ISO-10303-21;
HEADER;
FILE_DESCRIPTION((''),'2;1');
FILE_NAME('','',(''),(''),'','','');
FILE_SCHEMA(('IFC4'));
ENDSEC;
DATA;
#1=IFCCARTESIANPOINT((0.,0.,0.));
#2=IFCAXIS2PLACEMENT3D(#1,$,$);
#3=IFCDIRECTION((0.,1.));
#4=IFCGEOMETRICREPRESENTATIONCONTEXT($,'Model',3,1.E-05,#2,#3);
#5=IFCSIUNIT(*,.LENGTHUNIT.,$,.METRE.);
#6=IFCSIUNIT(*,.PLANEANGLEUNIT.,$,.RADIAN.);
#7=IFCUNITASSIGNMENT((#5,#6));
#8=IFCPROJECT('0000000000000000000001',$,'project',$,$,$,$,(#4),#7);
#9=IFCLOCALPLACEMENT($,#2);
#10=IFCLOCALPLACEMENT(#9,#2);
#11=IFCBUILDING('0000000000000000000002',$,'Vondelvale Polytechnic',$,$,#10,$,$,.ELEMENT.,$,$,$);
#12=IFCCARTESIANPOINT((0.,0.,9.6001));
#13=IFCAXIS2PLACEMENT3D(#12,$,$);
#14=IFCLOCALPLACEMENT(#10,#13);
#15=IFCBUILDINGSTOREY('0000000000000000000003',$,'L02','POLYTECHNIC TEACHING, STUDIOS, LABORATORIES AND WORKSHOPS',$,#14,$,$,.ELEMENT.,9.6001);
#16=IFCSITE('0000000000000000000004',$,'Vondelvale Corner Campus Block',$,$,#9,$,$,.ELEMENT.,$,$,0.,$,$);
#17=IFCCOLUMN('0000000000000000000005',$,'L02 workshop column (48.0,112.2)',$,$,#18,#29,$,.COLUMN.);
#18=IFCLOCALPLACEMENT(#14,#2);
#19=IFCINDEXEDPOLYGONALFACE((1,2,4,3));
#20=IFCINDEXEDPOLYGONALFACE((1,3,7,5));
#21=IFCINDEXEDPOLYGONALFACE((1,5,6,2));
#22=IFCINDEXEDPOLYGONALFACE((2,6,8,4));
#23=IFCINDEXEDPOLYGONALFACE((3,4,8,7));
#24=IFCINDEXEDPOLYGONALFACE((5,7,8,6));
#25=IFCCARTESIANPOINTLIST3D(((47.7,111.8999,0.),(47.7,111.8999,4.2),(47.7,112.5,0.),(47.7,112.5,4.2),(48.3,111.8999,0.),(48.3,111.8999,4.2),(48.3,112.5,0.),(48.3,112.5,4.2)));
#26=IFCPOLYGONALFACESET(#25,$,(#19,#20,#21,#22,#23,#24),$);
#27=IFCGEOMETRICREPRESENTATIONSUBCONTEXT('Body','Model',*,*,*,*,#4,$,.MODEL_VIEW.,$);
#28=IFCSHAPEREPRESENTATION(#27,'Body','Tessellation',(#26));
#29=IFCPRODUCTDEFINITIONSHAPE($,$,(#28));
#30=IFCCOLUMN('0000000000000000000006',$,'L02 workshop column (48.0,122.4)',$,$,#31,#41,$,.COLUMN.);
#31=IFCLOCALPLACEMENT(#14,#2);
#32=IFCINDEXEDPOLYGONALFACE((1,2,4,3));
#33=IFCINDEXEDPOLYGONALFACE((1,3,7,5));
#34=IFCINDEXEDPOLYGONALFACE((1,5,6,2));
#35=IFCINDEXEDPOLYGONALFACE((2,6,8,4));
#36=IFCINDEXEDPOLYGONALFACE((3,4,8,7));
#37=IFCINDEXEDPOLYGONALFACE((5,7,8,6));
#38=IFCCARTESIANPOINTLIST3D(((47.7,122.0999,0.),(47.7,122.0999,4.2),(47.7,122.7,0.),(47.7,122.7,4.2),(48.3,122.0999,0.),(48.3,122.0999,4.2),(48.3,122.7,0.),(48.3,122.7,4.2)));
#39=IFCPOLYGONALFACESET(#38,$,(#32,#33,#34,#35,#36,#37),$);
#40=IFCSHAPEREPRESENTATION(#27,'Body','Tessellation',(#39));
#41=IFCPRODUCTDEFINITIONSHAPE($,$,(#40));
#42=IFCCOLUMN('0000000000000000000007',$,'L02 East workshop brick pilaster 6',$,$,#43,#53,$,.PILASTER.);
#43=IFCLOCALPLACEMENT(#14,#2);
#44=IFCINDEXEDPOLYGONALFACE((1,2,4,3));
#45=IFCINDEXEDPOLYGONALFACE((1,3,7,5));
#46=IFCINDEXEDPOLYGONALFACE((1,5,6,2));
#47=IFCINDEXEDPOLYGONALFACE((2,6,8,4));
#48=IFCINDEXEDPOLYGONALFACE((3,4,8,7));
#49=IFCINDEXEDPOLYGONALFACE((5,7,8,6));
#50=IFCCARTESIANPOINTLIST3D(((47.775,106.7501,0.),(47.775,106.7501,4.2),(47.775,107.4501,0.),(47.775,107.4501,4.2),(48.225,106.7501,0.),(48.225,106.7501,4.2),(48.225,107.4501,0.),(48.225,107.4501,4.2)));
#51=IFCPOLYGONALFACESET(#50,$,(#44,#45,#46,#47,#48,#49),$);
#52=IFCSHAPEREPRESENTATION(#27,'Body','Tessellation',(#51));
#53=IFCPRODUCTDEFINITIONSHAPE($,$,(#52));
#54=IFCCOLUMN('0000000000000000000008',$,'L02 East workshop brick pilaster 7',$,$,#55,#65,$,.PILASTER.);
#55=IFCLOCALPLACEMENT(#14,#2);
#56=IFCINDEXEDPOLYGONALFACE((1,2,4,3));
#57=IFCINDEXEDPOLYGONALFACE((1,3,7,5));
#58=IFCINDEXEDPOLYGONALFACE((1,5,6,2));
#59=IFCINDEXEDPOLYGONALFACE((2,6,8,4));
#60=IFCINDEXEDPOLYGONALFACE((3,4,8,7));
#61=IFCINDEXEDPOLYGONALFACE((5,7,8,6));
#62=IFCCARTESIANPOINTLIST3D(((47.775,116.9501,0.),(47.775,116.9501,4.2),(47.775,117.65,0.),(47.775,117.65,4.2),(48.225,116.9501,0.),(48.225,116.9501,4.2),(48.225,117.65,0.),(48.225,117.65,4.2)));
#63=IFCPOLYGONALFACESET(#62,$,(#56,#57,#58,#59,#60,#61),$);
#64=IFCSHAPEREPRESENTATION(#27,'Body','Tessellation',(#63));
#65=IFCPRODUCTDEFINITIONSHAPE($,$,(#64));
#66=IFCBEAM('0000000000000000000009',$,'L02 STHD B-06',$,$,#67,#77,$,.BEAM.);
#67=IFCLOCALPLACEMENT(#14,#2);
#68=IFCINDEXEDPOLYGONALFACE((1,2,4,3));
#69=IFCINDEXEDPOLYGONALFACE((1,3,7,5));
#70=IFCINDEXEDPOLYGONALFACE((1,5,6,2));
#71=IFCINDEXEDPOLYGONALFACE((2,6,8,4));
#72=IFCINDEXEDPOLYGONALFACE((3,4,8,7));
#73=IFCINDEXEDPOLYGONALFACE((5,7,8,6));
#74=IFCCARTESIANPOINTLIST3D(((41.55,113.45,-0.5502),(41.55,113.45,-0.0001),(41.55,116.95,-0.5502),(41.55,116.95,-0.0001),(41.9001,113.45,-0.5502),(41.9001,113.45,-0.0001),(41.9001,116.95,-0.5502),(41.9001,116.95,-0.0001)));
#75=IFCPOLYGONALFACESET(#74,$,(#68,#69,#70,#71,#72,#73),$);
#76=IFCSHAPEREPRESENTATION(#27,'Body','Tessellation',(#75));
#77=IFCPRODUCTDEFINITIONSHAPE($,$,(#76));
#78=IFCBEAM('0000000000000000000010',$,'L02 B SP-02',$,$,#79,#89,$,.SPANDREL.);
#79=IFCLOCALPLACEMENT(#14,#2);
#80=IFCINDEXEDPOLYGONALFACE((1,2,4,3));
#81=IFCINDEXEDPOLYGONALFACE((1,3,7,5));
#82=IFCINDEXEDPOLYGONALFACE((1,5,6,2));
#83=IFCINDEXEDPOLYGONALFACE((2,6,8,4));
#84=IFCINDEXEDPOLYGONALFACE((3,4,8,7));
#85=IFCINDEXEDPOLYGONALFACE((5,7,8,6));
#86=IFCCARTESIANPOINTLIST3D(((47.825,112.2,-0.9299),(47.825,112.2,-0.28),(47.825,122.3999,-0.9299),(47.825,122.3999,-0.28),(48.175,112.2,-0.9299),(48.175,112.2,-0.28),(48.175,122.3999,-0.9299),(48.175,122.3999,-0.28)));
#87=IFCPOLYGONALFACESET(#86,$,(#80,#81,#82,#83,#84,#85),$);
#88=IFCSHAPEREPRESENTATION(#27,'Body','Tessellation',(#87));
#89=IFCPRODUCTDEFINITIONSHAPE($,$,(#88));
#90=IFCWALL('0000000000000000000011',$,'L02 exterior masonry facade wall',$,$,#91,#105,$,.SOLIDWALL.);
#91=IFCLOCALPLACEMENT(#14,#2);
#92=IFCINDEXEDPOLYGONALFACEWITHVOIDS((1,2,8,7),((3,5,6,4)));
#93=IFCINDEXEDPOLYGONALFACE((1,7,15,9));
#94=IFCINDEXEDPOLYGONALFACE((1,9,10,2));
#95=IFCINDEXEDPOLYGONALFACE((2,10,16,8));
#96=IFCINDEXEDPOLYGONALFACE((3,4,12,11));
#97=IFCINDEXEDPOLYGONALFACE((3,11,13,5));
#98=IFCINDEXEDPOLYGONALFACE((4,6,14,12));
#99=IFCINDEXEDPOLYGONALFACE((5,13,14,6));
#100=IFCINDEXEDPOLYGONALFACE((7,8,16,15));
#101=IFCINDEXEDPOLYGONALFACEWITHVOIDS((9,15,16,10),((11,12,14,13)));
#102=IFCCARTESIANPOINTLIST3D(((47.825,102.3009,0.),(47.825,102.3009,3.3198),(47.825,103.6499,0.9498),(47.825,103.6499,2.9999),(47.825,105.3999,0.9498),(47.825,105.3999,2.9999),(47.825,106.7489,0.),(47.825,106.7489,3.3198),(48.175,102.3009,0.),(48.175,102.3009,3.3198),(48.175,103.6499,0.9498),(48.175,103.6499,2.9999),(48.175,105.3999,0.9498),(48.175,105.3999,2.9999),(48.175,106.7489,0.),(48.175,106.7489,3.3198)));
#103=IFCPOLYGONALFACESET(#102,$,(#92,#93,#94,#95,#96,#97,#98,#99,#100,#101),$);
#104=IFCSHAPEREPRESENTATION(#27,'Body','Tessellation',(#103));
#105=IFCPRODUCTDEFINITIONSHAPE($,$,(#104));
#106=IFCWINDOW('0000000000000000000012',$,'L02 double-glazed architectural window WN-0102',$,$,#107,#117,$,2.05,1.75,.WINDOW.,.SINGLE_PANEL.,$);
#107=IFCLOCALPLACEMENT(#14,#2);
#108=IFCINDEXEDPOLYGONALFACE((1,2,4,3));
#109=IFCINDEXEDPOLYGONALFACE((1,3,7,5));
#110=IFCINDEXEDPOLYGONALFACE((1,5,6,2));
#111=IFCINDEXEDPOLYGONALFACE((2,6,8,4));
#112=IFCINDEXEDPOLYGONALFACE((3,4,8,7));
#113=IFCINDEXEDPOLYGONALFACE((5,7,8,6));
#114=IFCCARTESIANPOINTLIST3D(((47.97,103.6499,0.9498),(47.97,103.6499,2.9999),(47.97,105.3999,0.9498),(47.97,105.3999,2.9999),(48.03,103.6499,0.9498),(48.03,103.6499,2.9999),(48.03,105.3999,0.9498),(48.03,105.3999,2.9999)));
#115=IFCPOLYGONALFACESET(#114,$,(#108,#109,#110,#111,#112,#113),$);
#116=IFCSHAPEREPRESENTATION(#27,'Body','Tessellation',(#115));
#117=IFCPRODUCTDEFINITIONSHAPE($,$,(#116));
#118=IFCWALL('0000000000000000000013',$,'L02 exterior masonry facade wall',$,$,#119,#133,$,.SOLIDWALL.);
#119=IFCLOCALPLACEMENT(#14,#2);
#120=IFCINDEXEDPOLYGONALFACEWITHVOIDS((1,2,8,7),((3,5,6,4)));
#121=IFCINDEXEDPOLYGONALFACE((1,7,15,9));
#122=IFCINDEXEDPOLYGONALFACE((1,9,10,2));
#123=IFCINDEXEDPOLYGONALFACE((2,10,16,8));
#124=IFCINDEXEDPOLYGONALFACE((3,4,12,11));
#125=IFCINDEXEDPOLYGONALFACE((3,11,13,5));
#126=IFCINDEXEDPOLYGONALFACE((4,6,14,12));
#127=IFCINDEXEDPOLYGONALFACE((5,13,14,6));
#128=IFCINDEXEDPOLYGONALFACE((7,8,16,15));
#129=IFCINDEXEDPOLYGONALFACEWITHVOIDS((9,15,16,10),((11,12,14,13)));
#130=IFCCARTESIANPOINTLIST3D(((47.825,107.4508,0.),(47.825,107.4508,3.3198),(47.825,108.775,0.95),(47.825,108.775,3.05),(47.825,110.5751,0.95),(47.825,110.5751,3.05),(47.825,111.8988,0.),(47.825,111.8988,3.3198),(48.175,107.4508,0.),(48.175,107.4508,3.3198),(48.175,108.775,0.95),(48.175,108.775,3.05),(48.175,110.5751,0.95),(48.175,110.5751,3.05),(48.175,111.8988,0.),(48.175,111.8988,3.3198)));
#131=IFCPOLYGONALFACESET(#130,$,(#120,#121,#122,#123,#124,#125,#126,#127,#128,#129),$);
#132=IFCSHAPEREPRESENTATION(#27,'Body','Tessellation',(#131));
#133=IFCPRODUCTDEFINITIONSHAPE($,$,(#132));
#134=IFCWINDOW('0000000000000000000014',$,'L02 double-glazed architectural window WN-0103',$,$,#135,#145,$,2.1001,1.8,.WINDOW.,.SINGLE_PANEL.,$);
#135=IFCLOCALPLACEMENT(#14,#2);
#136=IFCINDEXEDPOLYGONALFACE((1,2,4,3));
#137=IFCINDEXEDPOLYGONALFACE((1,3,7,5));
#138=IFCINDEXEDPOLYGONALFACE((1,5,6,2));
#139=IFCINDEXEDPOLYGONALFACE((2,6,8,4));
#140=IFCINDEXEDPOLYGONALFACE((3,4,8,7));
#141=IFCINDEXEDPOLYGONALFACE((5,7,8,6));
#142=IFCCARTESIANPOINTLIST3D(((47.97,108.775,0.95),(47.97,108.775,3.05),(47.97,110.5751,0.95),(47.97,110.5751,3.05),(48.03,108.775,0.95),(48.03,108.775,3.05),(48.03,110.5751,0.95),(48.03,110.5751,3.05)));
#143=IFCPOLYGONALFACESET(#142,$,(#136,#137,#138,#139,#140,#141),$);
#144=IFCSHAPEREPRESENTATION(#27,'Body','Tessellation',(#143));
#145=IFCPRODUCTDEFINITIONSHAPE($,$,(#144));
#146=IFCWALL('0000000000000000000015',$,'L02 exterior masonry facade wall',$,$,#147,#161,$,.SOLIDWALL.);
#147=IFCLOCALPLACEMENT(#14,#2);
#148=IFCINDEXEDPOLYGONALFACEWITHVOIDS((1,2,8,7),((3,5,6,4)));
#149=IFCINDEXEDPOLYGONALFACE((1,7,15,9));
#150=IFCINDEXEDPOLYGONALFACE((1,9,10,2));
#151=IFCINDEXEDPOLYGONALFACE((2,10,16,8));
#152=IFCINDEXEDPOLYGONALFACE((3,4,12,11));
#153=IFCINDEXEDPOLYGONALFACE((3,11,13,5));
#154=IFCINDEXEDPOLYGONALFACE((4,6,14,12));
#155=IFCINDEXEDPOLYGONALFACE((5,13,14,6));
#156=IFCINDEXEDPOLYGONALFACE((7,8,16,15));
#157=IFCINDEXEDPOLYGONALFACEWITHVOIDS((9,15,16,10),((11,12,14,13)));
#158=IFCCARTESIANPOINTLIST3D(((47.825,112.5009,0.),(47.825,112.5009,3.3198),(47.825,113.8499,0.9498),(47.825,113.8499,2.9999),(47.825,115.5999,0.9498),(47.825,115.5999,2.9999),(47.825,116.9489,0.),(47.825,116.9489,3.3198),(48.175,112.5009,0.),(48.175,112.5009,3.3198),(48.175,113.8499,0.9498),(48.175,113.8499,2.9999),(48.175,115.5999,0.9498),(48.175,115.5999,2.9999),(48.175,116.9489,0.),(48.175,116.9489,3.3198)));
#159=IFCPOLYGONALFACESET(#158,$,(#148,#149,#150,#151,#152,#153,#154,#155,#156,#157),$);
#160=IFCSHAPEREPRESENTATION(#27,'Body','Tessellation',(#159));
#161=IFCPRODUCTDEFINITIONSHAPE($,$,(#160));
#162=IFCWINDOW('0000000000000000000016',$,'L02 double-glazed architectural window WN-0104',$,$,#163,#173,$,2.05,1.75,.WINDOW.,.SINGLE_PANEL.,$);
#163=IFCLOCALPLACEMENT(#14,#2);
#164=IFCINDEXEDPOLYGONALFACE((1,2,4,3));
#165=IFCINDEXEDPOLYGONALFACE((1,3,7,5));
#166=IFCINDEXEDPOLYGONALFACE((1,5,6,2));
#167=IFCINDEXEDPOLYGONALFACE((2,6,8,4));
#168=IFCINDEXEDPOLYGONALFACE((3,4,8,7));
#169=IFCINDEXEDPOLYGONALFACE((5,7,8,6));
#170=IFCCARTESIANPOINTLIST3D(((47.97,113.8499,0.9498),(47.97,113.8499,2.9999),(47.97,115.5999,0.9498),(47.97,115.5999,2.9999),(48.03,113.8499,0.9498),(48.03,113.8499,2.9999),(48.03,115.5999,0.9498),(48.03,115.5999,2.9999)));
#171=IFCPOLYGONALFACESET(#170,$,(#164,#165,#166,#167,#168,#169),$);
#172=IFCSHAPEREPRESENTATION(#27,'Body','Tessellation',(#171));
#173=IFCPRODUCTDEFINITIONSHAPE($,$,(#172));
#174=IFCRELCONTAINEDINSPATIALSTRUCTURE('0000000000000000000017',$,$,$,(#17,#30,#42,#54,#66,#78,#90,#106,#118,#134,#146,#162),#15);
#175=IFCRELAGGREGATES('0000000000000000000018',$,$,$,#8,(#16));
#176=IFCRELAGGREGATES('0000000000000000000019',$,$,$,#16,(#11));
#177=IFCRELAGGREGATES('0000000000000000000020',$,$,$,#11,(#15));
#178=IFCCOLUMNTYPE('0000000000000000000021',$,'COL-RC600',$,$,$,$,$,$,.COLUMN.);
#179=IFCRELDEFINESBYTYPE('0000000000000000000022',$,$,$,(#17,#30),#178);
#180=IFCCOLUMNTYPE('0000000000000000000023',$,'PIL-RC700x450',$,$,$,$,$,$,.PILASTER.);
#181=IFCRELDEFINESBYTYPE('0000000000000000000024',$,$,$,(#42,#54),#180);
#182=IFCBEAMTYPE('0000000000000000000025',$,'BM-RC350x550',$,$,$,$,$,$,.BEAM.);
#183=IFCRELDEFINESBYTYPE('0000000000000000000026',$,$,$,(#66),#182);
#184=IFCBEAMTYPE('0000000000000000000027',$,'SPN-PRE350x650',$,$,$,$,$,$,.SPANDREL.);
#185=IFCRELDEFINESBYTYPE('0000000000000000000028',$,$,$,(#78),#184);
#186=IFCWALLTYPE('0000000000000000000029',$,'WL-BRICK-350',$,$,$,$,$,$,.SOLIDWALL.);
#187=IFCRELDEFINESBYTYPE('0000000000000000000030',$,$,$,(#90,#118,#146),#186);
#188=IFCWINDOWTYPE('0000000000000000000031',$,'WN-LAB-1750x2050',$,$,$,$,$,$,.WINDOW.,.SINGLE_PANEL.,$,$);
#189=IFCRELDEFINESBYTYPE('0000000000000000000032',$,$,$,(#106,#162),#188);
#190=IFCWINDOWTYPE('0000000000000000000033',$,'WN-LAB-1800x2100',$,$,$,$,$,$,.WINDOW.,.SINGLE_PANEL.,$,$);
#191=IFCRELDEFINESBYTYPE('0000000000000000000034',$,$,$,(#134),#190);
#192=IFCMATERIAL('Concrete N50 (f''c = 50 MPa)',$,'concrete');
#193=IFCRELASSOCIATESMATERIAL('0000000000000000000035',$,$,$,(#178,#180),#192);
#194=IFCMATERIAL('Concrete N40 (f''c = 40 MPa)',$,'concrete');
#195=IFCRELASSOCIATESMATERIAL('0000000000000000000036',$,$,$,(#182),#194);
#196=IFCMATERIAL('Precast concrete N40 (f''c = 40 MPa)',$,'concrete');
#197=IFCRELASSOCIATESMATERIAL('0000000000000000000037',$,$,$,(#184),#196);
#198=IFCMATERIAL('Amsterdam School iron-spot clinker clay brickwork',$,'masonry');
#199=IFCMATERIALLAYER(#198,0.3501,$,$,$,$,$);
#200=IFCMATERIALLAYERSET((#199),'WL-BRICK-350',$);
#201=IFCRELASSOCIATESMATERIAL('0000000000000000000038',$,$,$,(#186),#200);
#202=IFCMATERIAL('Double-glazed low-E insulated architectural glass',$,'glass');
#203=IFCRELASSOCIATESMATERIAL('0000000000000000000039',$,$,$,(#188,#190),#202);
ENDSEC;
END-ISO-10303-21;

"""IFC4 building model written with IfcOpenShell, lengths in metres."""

from ifc_helpers import new_model, si_unit, direction, frame, frame_2d, origin, origin_2d, place, context, subcontext, project, spatial, rectangle, extrude, material, layer, layer_set, material_profile, profile_set, type_object, element, fill, save


model = new_model("IFC4")

# Units and contexts
model_context = context("Model", 3, precision=1e-05, world=origin(), true_north=direction((0.0, 1.0)))
body_context = subcontext(model_context, "Body", "Model", "MODEL_VIEW")
ifc_project = project(units=[si_unit("LENGTHUNIT", "METRE"), si_unit("PLANEANGLEUNIT", "RADIAN")], contexts=[model_context])

# Site, building, storey
site_placement = place(None, origin())
site = spatial("IfcSite", under=ifc_project, at=site_placement, Name="Vondelvale Corner Campus Block", CompositionType="ELEMENT", RefElevation=0.0)
building_placement = place(site_placement, origin())
building = spatial("IfcBuilding", under=site, at=building_placement, Name="Vondelvale Polytechnic", CompositionType="ELEMENT")
storey_placement = place(building_placement, frame((0.0, 0.0, 9.6001)))
storey = spatial("IfcBuildingStorey", under=building, at=storey_placement, Name="L02", Description="POLYTECHNIC TEACHING, STUDIOS, LABORATORIES AND WORKSHOPS", CompositionType="ELEMENT", Elevation=9.6001)

# Columns
ifc_material_1 = material(Name="Concrete N50 (f'c = 50 MPa)", Category="concrete")
ifc_material_profile_1 = material_profile(ifc_material_1, rectangle(XDim=0.6001, YDim=0.6001, at=origin_2d()), Name="RC-COL-600x600")
ifc_profile_set_1 = profile_set([ifc_material_profile_1], Name="Concrete N50 (f'c = 50 MPa)")
column_type_1 = type_object("IfcColumnType", Name="COL-RC600", PredefinedType="COLUMN", material=ifc_profile_set_1)
for number, where, z_axis, x_axis, name in (
    (1, (48.0, 112.2, 0.0), (0.0, 0.0, 1.0), (1.0, 0.0, 0.0), "L02 workshop column (48.0,112.2)"),
    (2, (48.0, 122.3999, 0.0), (0.0, 0.0, 1.0), (1.0, 0.0, 0.0), "L02 workshop column (48.0,122.4)"),
):
    element("IfcColumn", number, at=place(storey_placement, frame(where, z_axis=z_axis, x_axis=x_axis)), inside=storey, type_object=column_type_1, Name=name, PredefinedType="COLUMN", context=body_context, shape_type="SweptSolid", body=[
        extrude(rectangle(XDim=0.6001, YDim=0.6001, at=origin_2d()), origin(), (0.0, 0.0, 1.0), 4.2),
    ])
ifc_material_profile_2 = material_profile(ifc_material_1, rectangle(XDim=0.45, YDim=0.7, at=origin_2d()), Name="RC-PIL-700x450")
ifc_profile_set_2 = profile_set([ifc_material_profile_2], Name="Concrete N50 (f'c = 50 MPa)")
column_type_2 = type_object("IfcColumnType", Name="PIL-RC700x450", PredefinedType="PILASTER", material=ifc_profile_set_2)
for number, where, z_axis, x_axis, name in (
    (3, (48.0, 107.1001, 0.0), (0.0, 0.0, 1.0), (1.0, 0.0, 0.0), "L02 East workshop brick pilaster 6"),
    (4, (48.0, 117.3, 0.0), (0.0, 0.0, 1.0), (1.0, 0.0, 0.0), "L02 East workshop brick pilaster 7"),
):
    element("IfcColumn", number, at=place(storey_placement, frame(where, z_axis=z_axis, x_axis=x_axis)), inside=storey, type_object=column_type_2, Name=name, PredefinedType="PILASTER", context=body_context, shape_type="SweptSolid", body=[
        extrude(rectangle(XDim=0.45, YDim=0.7, at=origin_2d()), origin(), (0.0, 0.0, 1.0), 4.2),
    ])

# Beams
ifc_material_2 = material(Name="Concrete N40 (f'c = 40 MPa)", Category="concrete")
ifc_material_profile_3 = material_profile(ifc_material_2, rectangle(XDim=0.3501, YDim=0.55, at=origin_2d()), Name="RC-BM-350x550")
ifc_profile_set_3 = profile_set([ifc_material_profile_3], Name="Concrete N40 (f'c = 40 MPa)")
beam_type_1 = type_object("IfcBeamType", Name="BM-RC350x550", PredefinedType="BEAM", material=ifc_profile_set_3)
beam_1_placement = place(storey_placement, frame((41.7251, 113.45, -0.2751), z_axis=(0.0, 1.0, 0.0), x_axis=(-1.0, 0.0, 0.0)))
element("IfcBeam", 5, at=beam_1_placement, inside=storey, type_object=beam_type_1, Name="L02 STHD B-06", PredefinedType="BEAM", context=body_context, shape_type="SweptSolid", body=[
    extrude(rectangle(XDim=0.3501, YDim=0.55, at=origin_2d()), origin(), (0.0, 0.0, 1.0), 3.5),
])
ifc_material_3 = material(Name="Precast concrete N40 (f'c = 40 MPa)", Category="concrete")
ifc_material_profile_4 = material_profile(ifc_material_3, rectangle(XDim=0.3501, YDim=0.6499, at=origin_2d()), Name="RC-SPN-350x650")
ifc_profile_set_4 = profile_set([ifc_material_profile_4], Name="Precast concrete N40 (f'c = 40 MPa)")
beam_type_2 = type_object("IfcBeamType", Name="SPN-PRE350x650", PredefinedType="SPANDREL", material=ifc_profile_set_4)
beam_2_placement = place(storey_placement, frame((48.0, 112.2, -0.605), z_axis=(0.0, 1.0, 0.0), x_axis=(-1.0, 0.0, 0.0)))
element("IfcBeam", 6, at=beam_2_placement, inside=storey, type_object=beam_type_2, Name="L02 B SP-02", PredefinedType="SPANDREL", context=body_context, shape_type="SweptSolid", body=[
    extrude(rectangle(XDim=0.3501, YDim=0.6499, at=origin_2d()), origin(), (0.0, 0.0, 1.0), 10.2),
])

# Walls, openings, windows
ifc_material_4 = material(Name="Amsterdam School iron-spot clinker clay brickwork", Category="masonry")
ifc_layer_1 = layer(ifc_material_4, 0.3501)
ifc_layer_set_1 = layer_set([ifc_layer_1], Name="WL-BRICK-350")
wall_type_1 = type_object("IfcWallType", Name="WL-BRICK-350", PredefinedType="SOLIDWALL", material=ifc_layer_set_1)
wall_1_placement = place(storey_placement, frame((48.0, 106.749, 0.0), z_axis=(0.0, 0.0, 1.0), x_axis=(0.0, -1.0, 0.0)))
wall_1 = element("IfcWall", 7, at=wall_1_placement, inside=storey, type_object=wall_type_1, Name="L02 exterior masonry facade wall", PredefinedType="SOLIDWALL", context=body_context, shape_type="SweptSolid", body=[
    extrude(rectangle(XDim=4.448, YDim=0.3501, at=frame_2d((2.2241, 0.0))), origin(), (0.0, 0.0, 1.0), 3.3198),
])
opening_1_placement = place(wall_1_placement, frame((1.3491, 0.0, 0.95)))
opening_1 = element("IfcOpeningElement", 8, at=opening_1_placement, cuts=wall_1, PredefinedType="OPENING", context=body_context, shape_type="SweptSolid", body=[
    extrude(rectangle(XDim=1.75, YDim=2.05, at=frame_2d((0.875, 1.0249))), frame((0.0, 0.1851, 0.0), z_axis=(0.0, -1.0, 0.0), x_axis=(1.0, 0.0, 0.0)), (0.0, 0.0, 1.0), 0.3701),
])
ifc_material_5 = material(Name="Double-glazed low-E insulated architectural glass", Category="glass")
window_type_1 = type_object("IfcWindowType", Name="WN-LAB-1750x2050", PartitioningType="SINGLE_PANEL", PredefinedType="WINDOW", material=ifc_material_5)
window_1_placement = place(opening_1_placement, origin())
window_1 = element("IfcWindow", 9, at=window_1_placement, inside=storey, type_object=window_type_1, Name="L02 double-glazed architectural window WN-0102", OverallHeight=2.05, OverallWidth=1.75, PartitioningType="SINGLE_PANEL", PredefinedType="WINDOW", context=body_context, shape_type="SweptSolid", body=[
    extrude(rectangle(XDim=1.75, YDim=2.05, at=frame_2d((0.875, 1.0249))), frame((0.0, 0.03, 0.0), z_axis=(0.0, -1.0, 0.0), x_axis=(1.0, 0.0, 0.0)), (0.0, 0.0, 1.0), 0.0601),
])
fill(opening_1, window_1)
wall_2_placement = place(storey_placement, frame((48.0, 111.8989, 0.0), z_axis=(0.0, 0.0, 1.0), x_axis=(0.0, -1.0, 0.0)))
wall_2 = element("IfcWall", 10, at=wall_2_placement, inside=storey, type_object=wall_type_1, Name="L02 exterior masonry facade wall", PredefinedType="SOLIDWALL", context=body_context, shape_type="SweptSolid", body=[
    extrude(rectangle(XDim=4.448, YDim=0.3501, at=frame_2d((2.2241, 0.0))), origin(), (0.0, 0.0, 1.0), 3.3198),
])
opening_2_placement = place(wall_2_placement, frame((1.324, 0.0, 0.95)))
opening_2 = element("IfcOpeningElement", 11, at=opening_2_placement, cuts=wall_2, PredefinedType="OPENING", context=body_context, shape_type="SweptSolid", body=[
    extrude(rectangle(XDim=1.8, YDim=2.1001, at=frame_2d((0.8999, 1.05))), frame((0.0, 0.1851, 0.0), z_axis=(0.0, -1.0, 0.0), x_axis=(1.0, 0.0, 0.0)), (0.0, 0.0, 1.0), 0.3701),
])
window_type_2 = type_object("IfcWindowType", Name="WN-LAB-1800x2100", PartitioningType="SINGLE_PANEL", PredefinedType="WINDOW", material=ifc_material_5)
window_2_placement = place(opening_2_placement, origin())
window_2 = element("IfcWindow", 12, at=window_2_placement, inside=storey, type_object=window_type_2, Name="L02 double-glazed architectural window WN-0103", OverallHeight=2.1001, OverallWidth=1.8, PartitioningType="SINGLE_PANEL", PredefinedType="WINDOW", context=body_context, shape_type="SweptSolid", body=[
    extrude(rectangle(XDim=1.8, YDim=2.1001, at=frame_2d((0.8999, 1.05))), frame((0.0, 0.03, 0.0), z_axis=(0.0, -1.0, 0.0), x_axis=(1.0, 0.0, 0.0)), (0.0, 0.0, 1.0), 0.0601),
])
fill(opening_2, window_2)
wall_3_placement = place(storey_placement, frame((48.0, 116.949, 0.0), z_axis=(0.0, 0.0, 1.0), x_axis=(0.0, -1.0, 0.0)))
wall_3 = element("IfcWall", 13, at=wall_3_placement, inside=storey, type_object=wall_type_1, Name="L02 exterior masonry facade wall", PredefinedType="SOLIDWALL", context=body_context, shape_type="SweptSolid", body=[
    extrude(rectangle(XDim=4.448, YDim=0.3501, at=frame_2d((2.2241, 0.0))), origin(), (0.0, 0.0, 1.0), 3.3198),
])
opening_3_placement = place(wall_3_placement, frame((1.3491, 0.0, 0.95)))
opening_3 = element("IfcOpeningElement", 14, at=opening_3_placement, cuts=wall_3, PredefinedType="OPENING", context=body_context, shape_type="SweptSolid", body=[
    extrude(rectangle(XDim=1.75, YDim=2.05, at=frame_2d((0.875, 1.0249))), frame((0.0, 0.1851, 0.0), z_axis=(0.0, -1.0, 0.0), x_axis=(1.0, 0.0, 0.0)), (0.0, 0.0, 1.0), 0.3701),
])
window_3_placement = place(opening_3_placement, origin())
window_3 = element("IfcWindow", 15, at=window_3_placement, inside=storey, type_object=window_type_1, Name="L02 double-glazed architectural window WN-0104", OverallHeight=2.05, OverallWidth=1.75, PartitioningType="SINGLE_PANEL", PredefinedType="WINDOW", context=body_context, shape_type="SweptSolid", body=[
    extrude(rectangle(XDim=1.75, YDim=2.05, at=frame_2d((0.875, 1.0249))), frame((0.0, 0.03, 0.0), z_axis=(0.0, -1.0, 0.0), x_axis=(1.0, 0.0, 0.0)), (0.0, 0.0, 1.0), 0.0601),
])
fill(opening_3, window_3)

save(model, "model.ifc")
